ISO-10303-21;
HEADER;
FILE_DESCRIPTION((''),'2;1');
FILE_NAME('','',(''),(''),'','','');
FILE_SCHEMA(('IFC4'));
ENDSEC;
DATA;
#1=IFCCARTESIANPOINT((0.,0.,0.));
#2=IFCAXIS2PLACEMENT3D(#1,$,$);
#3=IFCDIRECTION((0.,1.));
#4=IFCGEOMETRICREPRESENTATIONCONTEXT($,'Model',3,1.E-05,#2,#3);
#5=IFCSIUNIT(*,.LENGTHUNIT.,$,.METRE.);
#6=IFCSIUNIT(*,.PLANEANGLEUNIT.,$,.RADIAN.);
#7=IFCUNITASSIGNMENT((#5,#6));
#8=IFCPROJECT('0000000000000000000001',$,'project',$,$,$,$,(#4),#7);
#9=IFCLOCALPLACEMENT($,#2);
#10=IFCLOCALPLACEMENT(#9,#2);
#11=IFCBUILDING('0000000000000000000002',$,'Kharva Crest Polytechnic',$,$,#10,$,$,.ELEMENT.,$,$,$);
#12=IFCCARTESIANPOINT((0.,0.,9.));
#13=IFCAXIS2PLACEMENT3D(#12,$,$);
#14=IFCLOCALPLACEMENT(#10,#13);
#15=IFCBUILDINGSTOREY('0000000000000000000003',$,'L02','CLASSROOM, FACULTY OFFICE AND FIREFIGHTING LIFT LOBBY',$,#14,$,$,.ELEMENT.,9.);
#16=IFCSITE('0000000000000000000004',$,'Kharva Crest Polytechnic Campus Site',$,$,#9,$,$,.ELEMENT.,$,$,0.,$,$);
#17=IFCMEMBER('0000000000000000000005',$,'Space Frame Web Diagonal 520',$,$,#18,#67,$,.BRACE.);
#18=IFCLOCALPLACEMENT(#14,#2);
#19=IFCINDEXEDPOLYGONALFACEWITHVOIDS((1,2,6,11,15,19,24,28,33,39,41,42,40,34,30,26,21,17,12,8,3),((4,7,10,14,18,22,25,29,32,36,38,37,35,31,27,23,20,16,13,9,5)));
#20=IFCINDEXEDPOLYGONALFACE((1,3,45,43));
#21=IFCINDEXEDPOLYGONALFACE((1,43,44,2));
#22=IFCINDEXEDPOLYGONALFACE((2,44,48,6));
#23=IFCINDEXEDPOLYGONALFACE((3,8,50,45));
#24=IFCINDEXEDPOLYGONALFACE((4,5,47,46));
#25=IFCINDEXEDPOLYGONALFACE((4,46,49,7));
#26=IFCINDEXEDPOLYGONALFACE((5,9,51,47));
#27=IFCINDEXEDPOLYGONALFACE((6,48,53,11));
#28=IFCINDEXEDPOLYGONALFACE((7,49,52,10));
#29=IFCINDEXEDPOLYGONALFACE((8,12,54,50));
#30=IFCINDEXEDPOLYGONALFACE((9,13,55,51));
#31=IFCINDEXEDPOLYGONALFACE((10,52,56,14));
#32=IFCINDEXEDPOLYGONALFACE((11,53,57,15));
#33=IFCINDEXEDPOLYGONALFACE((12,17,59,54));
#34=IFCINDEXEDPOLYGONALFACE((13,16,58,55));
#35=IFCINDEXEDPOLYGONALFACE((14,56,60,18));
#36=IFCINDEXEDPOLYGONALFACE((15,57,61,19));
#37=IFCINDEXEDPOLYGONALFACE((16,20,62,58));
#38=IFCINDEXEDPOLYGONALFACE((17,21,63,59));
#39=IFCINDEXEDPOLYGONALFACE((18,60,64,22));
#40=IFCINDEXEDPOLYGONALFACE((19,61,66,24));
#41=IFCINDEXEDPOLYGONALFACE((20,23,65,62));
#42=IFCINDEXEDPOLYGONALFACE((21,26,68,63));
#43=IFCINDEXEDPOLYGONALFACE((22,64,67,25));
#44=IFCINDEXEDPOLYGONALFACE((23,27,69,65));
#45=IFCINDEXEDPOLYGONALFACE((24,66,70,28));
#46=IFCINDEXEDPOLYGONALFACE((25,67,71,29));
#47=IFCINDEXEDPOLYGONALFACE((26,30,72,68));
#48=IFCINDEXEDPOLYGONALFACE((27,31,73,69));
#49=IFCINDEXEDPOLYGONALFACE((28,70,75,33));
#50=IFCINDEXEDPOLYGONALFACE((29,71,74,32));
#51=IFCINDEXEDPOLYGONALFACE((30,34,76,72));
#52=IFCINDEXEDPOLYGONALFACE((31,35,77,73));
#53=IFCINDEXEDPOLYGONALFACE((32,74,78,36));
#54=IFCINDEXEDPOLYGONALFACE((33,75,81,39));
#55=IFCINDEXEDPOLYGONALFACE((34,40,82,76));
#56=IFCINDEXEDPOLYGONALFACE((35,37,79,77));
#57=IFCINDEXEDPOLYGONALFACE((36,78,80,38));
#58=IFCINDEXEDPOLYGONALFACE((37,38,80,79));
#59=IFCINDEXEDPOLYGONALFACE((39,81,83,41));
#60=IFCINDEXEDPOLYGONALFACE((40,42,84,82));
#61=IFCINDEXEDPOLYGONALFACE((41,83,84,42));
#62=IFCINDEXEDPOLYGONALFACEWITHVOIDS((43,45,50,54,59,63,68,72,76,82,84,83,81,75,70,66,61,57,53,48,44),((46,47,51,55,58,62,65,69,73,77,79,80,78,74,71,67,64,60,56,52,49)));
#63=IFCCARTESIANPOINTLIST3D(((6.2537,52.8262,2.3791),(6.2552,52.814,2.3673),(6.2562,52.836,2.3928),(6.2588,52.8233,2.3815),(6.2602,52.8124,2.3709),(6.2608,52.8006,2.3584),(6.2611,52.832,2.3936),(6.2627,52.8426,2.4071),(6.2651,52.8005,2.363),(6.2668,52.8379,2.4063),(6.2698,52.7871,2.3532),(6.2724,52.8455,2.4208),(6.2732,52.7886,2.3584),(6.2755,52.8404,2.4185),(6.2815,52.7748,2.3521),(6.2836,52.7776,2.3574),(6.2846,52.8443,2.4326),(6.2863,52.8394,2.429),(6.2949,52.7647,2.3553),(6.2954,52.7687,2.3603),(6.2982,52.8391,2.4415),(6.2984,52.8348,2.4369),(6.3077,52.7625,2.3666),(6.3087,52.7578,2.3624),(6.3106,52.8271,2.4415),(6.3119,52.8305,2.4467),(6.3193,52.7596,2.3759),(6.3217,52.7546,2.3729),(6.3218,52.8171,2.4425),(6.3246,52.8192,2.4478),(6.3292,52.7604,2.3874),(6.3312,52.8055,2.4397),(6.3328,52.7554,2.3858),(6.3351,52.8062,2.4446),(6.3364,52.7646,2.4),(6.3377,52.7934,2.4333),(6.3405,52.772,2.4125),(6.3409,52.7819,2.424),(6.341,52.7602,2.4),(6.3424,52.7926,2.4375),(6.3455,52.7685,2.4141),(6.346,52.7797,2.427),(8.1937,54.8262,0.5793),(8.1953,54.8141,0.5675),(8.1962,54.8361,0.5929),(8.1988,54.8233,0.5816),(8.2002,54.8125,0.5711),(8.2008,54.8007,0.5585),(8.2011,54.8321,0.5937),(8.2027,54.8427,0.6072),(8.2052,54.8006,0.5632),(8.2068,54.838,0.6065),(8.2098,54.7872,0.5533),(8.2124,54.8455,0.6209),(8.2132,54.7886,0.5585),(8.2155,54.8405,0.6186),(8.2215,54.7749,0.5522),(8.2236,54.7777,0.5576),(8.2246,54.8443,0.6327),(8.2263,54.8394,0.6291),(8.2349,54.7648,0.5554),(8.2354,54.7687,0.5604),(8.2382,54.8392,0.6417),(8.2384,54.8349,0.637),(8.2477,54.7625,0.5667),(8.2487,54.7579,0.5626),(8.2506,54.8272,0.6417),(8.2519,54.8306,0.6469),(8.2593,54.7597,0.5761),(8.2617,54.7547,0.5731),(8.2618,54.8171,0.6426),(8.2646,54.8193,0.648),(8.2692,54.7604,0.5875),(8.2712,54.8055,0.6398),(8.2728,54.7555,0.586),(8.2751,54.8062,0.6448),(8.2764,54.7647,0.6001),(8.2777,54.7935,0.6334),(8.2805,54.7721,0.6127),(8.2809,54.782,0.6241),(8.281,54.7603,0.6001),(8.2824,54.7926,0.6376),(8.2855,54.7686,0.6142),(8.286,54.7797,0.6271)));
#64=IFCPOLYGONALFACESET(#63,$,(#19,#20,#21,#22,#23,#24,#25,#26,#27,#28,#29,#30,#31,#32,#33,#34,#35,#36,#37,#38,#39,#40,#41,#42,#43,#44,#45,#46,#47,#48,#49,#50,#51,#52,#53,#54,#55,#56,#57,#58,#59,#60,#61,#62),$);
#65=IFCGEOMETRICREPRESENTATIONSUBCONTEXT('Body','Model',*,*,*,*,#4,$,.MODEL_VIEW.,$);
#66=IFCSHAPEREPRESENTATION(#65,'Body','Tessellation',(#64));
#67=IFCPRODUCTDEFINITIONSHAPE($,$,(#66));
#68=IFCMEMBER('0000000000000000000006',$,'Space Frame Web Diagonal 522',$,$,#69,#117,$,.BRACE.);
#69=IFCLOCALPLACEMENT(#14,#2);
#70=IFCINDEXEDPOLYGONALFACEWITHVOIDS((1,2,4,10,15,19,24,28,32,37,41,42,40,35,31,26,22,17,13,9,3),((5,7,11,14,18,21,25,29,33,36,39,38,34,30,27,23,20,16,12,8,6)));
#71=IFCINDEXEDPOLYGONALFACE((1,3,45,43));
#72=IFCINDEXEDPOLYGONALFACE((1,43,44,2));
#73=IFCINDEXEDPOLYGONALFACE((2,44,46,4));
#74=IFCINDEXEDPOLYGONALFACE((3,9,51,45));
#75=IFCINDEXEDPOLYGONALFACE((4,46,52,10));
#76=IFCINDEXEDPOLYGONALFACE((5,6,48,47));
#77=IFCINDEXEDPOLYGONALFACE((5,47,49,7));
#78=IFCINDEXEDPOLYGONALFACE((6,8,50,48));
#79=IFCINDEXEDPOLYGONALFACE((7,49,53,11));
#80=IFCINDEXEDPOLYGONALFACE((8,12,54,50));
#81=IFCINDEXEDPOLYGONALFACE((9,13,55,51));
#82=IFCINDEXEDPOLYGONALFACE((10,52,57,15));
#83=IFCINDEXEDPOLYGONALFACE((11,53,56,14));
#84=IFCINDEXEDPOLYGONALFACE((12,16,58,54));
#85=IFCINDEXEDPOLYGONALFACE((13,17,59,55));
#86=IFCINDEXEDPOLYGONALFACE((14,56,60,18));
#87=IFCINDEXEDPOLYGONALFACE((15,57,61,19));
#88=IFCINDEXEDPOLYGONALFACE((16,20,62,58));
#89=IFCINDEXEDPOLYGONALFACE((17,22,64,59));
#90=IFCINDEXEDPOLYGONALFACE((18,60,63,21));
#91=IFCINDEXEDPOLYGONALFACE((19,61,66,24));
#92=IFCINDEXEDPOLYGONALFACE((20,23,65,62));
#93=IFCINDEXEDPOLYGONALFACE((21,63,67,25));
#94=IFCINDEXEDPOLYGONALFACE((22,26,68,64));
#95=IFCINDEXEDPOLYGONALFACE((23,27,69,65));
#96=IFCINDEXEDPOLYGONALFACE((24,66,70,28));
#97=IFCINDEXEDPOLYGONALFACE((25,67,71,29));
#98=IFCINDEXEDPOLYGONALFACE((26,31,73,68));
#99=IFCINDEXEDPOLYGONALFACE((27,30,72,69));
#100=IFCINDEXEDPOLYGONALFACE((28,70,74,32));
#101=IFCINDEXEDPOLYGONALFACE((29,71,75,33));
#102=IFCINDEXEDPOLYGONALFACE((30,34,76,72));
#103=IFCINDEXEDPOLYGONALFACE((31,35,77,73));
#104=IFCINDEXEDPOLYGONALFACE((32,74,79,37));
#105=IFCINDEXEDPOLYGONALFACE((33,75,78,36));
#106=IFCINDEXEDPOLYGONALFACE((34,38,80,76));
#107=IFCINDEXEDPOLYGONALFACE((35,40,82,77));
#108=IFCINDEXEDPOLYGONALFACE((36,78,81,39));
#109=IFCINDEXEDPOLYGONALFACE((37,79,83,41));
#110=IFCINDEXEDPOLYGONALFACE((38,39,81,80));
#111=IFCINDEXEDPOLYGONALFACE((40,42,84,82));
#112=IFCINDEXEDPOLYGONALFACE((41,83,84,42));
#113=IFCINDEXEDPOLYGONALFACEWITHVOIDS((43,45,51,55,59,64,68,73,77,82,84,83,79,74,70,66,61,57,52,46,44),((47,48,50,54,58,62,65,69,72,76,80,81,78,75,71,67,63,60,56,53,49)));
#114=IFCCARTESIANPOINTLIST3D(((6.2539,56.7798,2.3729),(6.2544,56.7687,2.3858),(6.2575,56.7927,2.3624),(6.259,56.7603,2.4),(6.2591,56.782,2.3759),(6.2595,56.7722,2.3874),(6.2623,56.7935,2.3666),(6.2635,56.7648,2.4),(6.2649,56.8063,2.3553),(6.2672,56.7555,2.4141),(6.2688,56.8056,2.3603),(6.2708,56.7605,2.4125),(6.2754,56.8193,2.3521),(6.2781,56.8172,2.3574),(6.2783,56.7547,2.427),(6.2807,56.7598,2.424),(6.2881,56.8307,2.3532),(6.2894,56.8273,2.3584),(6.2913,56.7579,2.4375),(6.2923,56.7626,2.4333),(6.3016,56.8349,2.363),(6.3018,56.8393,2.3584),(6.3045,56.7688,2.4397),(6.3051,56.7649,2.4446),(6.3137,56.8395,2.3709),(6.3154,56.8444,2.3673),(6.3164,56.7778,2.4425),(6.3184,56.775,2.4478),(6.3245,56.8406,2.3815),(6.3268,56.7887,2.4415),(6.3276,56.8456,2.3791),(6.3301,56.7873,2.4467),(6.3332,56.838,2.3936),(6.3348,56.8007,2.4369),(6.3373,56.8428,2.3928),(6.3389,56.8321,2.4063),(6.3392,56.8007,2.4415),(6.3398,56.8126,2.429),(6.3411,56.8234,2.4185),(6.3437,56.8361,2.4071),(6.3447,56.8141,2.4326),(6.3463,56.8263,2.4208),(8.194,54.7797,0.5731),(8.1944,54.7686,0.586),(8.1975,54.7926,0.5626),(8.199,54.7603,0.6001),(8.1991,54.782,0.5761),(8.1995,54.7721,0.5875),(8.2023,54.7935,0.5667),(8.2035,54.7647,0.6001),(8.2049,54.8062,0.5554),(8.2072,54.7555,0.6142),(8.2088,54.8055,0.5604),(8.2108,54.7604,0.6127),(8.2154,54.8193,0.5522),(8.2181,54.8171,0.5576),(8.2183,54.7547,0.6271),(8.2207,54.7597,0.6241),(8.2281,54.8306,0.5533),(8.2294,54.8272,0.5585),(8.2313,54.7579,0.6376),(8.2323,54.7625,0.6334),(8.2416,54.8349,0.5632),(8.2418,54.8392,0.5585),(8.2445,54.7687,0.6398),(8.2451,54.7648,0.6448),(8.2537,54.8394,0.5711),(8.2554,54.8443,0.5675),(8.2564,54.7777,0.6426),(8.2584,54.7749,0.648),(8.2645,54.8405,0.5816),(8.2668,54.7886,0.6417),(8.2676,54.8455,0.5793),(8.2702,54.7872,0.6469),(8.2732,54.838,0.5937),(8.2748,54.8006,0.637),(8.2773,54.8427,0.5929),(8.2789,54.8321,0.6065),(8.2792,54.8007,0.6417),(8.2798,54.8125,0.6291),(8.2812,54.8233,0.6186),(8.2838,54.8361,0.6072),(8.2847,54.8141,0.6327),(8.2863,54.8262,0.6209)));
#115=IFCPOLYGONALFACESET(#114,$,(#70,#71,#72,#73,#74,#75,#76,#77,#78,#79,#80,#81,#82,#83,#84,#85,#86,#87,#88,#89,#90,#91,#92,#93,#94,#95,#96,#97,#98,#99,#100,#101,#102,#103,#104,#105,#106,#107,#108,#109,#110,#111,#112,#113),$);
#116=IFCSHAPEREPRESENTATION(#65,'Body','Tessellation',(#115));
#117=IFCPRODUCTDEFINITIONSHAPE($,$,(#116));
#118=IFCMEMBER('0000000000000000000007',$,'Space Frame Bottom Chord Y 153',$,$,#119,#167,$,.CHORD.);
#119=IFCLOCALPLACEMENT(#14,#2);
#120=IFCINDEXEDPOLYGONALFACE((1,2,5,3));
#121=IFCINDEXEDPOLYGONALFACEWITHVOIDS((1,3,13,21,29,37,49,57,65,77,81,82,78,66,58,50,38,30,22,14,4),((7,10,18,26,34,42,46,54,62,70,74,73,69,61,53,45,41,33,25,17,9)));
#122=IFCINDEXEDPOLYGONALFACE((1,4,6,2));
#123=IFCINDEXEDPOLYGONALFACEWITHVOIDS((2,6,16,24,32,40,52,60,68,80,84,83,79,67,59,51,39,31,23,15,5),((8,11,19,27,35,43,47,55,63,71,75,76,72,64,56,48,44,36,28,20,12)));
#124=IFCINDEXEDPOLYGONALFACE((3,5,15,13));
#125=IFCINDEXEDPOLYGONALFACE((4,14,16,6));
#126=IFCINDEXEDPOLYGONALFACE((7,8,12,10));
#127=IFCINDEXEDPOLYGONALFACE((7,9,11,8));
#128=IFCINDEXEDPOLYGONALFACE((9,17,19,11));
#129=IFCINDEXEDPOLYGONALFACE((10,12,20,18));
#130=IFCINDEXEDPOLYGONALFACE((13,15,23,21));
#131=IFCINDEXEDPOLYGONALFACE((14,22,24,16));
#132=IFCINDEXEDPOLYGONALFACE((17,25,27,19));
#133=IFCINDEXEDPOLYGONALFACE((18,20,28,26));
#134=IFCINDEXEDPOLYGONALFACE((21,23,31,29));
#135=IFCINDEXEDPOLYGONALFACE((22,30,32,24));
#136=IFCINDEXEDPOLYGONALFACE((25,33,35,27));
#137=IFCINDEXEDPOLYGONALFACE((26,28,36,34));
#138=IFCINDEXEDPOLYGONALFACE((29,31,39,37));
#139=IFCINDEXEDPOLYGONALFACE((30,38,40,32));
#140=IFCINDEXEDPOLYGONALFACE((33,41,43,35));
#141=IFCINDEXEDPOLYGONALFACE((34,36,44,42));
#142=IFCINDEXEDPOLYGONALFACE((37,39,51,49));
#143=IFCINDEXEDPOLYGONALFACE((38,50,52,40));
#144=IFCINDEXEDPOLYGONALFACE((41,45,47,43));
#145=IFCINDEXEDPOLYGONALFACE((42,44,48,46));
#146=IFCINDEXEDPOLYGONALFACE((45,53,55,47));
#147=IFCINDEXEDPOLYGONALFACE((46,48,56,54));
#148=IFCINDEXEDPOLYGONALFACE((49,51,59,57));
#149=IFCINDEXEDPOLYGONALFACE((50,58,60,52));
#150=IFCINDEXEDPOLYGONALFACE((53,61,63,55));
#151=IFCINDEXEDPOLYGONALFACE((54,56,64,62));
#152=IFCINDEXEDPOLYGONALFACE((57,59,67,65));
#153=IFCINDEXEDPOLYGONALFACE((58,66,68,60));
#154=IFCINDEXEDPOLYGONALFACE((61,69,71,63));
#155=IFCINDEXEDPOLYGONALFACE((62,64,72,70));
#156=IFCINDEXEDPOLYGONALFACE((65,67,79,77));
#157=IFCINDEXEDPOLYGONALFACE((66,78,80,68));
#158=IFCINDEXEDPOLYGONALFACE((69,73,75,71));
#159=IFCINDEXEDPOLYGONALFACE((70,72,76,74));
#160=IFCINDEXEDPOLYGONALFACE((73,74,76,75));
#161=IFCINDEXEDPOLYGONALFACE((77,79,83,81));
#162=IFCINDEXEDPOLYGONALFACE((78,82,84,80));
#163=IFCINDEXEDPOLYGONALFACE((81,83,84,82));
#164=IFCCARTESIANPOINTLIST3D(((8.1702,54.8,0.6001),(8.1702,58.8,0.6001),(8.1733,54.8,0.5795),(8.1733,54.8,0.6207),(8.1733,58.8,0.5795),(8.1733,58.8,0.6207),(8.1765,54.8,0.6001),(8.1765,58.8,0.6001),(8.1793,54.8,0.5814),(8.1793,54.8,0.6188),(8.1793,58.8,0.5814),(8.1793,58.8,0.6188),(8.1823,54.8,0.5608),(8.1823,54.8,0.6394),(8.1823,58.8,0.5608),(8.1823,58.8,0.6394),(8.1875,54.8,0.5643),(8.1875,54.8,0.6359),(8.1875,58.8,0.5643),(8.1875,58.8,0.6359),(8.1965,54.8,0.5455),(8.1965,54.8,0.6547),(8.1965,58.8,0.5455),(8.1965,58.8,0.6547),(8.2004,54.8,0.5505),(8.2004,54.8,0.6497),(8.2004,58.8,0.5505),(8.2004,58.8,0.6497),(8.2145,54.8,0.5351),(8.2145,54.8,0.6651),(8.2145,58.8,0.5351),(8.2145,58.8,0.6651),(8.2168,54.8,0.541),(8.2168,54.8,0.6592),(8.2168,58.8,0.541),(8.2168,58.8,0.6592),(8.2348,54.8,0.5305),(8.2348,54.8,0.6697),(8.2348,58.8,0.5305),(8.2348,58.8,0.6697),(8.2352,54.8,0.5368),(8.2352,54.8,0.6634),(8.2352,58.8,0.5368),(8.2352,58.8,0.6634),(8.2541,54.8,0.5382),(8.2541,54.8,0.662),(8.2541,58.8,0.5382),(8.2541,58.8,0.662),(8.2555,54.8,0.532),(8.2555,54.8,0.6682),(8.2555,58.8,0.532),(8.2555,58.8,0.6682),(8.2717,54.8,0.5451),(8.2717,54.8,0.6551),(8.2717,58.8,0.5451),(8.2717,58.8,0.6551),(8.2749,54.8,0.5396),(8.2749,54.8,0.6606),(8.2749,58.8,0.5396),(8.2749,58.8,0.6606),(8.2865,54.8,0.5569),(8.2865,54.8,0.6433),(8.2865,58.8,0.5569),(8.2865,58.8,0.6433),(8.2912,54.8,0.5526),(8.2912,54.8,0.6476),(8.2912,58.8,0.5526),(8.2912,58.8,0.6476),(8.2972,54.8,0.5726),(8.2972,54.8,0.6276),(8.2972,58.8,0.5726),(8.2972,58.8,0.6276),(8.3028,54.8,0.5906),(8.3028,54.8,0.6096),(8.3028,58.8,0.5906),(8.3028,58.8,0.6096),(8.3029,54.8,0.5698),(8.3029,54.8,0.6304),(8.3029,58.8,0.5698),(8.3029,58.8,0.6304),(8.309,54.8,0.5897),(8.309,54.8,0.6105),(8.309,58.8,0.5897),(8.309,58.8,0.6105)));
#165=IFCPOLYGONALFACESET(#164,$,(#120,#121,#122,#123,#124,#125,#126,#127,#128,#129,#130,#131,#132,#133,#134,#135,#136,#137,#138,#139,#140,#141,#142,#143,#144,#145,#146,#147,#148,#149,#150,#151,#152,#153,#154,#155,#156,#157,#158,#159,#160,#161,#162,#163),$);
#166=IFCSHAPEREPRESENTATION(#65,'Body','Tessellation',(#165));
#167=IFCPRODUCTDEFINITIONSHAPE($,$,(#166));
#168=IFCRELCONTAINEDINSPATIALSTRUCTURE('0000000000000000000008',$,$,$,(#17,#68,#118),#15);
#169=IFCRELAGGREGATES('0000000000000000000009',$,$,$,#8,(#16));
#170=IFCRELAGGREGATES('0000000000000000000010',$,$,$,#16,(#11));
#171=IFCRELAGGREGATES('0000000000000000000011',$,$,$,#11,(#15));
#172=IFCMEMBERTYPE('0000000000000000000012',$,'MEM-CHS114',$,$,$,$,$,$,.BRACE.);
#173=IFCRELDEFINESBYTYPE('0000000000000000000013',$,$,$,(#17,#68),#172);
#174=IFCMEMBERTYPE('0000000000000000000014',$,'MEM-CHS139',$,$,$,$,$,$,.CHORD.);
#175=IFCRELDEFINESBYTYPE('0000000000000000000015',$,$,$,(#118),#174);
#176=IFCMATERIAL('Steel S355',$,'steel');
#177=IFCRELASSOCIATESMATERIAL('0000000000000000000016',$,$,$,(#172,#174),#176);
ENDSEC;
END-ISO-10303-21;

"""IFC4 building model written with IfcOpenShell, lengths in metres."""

from ifc_helpers import new_model, si_unit, direction, frame, origin, origin_2d, place, context, subcontext, project, spatial, hollow_circle, extrude, material, material_profile, profile_set, type_object, element, save


model = new_model("IFC4")

# Units and contexts
model_context = context("Model", 3, precision=1e-05, world=origin(), true_north=direction((0.0, 1.0)))
body_context = subcontext(model_context, "Body", "Model", "MODEL_VIEW")
ifc_project = project(units=[si_unit("LENGTHUNIT", "METRE"), si_unit("PLANEANGLEUNIT", "RADIAN")], contexts=[model_context])

# Site, building, storey
site_placement = place(None, origin())
site = spatial("IfcSite", under=ifc_project, at=site_placement, Name="Kharva Crest Polytechnic Campus Site", CompositionType="ELEMENT", RefElevation=0.0)
building_placement = place(site_placement, origin())
building = spatial("IfcBuilding", under=site, at=building_placement, Name="Kharva Crest Polytechnic", CompositionType="ELEMENT")
storey_placement = place(building_placement, frame((0.0, 0.0, 9.0)))
storey = spatial("IfcBuildingStorey", under=building, at=storey_placement, Name="L02", Description="CLASSROOM, FACULTY OFFICE AND FIREFIGHTING LIFT LOBBY", CompositionType="ELEMENT", Elevation=9.0)

# Shared definitions
ifc_material_1 = material(Name="Steel S355", Category="steel")

# Members
ifc_material_profile_1 = material_profile(ifc_material_1, hollow_circle(Radius=0.0571, WallThickness=0.0063, at=origin_2d()), Name="CHS 114.3X6.3")
ifc_profile_set_1 = profile_set([ifc_material_profile_1], Name="Steel S355")
member_type_1 = type_object("IfcMemberType", Name="MEM-CHS114", PredefinedType="BRACE", material=ifc_profile_set_1)
for number, where, z_axis, x_axis, name in (
    (1, (8.24, 54.8, 0.6001), (-0.584843, -0.60295, 0.542596), (0.717802, -0.696247, 0.0), "Space Frame Web Diagonal 520"),
    (2, (8.24, 54.8, 0.6001), (-0.584843, 0.60295, 0.542596), (-0.717802, -0.696247, 0.0), "Space Frame Web Diagonal 522"),
):
    element("IfcMember", number, at=place(storey_placement, frame(where, z_axis=z_axis, x_axis=x_axis)), inside=storey, type_object=member_type_1, Name=name, PredefinedType="BRACE", context=body_context, shape_type="SweptSolid", body=[
        extrude(hollow_circle(Radius=0.0571, WallThickness=0.0063, at=origin_2d()), origin(), (0.0, 0.0, 1.0), 3.3171),
    ])
ifc_material_profile_2 = material_profile(ifc_material_1, hollow_circle(Radius=0.0698, WallThickness=0.0063, at=origin_2d()), Name="CHS 139.7X6.3")
ifc_profile_set_2 = profile_set([ifc_material_profile_2], Name="Steel S355")
member_type_2 = type_object("IfcMemberType", Name="MEM-CHS139", PredefinedType="CHORD", material=ifc_profile_set_2)
for number, where, z_axis, x_axis, name in (
    (3, (8.24, 54.8, 0.6001), (0.0, 1.0, 0.0), (-1.0, 0.0, 0.0), "Space Frame Bottom Chord Y 153"),
):
    element("IfcMember", number, at=place(storey_placement, frame(where, z_axis=z_axis, x_axis=x_axis)), inside=storey, type_object=member_type_2, Name=name, PredefinedType="CHORD", context=body_context, shape_type="SweptSolid", body=[
        extrude(hollow_circle(Radius=0.0698, WallThickness=0.0063, at=origin_2d()), origin(), (0.0, 0.0, 1.0), 4.0),
    ])

save(model, "model.ifc")
